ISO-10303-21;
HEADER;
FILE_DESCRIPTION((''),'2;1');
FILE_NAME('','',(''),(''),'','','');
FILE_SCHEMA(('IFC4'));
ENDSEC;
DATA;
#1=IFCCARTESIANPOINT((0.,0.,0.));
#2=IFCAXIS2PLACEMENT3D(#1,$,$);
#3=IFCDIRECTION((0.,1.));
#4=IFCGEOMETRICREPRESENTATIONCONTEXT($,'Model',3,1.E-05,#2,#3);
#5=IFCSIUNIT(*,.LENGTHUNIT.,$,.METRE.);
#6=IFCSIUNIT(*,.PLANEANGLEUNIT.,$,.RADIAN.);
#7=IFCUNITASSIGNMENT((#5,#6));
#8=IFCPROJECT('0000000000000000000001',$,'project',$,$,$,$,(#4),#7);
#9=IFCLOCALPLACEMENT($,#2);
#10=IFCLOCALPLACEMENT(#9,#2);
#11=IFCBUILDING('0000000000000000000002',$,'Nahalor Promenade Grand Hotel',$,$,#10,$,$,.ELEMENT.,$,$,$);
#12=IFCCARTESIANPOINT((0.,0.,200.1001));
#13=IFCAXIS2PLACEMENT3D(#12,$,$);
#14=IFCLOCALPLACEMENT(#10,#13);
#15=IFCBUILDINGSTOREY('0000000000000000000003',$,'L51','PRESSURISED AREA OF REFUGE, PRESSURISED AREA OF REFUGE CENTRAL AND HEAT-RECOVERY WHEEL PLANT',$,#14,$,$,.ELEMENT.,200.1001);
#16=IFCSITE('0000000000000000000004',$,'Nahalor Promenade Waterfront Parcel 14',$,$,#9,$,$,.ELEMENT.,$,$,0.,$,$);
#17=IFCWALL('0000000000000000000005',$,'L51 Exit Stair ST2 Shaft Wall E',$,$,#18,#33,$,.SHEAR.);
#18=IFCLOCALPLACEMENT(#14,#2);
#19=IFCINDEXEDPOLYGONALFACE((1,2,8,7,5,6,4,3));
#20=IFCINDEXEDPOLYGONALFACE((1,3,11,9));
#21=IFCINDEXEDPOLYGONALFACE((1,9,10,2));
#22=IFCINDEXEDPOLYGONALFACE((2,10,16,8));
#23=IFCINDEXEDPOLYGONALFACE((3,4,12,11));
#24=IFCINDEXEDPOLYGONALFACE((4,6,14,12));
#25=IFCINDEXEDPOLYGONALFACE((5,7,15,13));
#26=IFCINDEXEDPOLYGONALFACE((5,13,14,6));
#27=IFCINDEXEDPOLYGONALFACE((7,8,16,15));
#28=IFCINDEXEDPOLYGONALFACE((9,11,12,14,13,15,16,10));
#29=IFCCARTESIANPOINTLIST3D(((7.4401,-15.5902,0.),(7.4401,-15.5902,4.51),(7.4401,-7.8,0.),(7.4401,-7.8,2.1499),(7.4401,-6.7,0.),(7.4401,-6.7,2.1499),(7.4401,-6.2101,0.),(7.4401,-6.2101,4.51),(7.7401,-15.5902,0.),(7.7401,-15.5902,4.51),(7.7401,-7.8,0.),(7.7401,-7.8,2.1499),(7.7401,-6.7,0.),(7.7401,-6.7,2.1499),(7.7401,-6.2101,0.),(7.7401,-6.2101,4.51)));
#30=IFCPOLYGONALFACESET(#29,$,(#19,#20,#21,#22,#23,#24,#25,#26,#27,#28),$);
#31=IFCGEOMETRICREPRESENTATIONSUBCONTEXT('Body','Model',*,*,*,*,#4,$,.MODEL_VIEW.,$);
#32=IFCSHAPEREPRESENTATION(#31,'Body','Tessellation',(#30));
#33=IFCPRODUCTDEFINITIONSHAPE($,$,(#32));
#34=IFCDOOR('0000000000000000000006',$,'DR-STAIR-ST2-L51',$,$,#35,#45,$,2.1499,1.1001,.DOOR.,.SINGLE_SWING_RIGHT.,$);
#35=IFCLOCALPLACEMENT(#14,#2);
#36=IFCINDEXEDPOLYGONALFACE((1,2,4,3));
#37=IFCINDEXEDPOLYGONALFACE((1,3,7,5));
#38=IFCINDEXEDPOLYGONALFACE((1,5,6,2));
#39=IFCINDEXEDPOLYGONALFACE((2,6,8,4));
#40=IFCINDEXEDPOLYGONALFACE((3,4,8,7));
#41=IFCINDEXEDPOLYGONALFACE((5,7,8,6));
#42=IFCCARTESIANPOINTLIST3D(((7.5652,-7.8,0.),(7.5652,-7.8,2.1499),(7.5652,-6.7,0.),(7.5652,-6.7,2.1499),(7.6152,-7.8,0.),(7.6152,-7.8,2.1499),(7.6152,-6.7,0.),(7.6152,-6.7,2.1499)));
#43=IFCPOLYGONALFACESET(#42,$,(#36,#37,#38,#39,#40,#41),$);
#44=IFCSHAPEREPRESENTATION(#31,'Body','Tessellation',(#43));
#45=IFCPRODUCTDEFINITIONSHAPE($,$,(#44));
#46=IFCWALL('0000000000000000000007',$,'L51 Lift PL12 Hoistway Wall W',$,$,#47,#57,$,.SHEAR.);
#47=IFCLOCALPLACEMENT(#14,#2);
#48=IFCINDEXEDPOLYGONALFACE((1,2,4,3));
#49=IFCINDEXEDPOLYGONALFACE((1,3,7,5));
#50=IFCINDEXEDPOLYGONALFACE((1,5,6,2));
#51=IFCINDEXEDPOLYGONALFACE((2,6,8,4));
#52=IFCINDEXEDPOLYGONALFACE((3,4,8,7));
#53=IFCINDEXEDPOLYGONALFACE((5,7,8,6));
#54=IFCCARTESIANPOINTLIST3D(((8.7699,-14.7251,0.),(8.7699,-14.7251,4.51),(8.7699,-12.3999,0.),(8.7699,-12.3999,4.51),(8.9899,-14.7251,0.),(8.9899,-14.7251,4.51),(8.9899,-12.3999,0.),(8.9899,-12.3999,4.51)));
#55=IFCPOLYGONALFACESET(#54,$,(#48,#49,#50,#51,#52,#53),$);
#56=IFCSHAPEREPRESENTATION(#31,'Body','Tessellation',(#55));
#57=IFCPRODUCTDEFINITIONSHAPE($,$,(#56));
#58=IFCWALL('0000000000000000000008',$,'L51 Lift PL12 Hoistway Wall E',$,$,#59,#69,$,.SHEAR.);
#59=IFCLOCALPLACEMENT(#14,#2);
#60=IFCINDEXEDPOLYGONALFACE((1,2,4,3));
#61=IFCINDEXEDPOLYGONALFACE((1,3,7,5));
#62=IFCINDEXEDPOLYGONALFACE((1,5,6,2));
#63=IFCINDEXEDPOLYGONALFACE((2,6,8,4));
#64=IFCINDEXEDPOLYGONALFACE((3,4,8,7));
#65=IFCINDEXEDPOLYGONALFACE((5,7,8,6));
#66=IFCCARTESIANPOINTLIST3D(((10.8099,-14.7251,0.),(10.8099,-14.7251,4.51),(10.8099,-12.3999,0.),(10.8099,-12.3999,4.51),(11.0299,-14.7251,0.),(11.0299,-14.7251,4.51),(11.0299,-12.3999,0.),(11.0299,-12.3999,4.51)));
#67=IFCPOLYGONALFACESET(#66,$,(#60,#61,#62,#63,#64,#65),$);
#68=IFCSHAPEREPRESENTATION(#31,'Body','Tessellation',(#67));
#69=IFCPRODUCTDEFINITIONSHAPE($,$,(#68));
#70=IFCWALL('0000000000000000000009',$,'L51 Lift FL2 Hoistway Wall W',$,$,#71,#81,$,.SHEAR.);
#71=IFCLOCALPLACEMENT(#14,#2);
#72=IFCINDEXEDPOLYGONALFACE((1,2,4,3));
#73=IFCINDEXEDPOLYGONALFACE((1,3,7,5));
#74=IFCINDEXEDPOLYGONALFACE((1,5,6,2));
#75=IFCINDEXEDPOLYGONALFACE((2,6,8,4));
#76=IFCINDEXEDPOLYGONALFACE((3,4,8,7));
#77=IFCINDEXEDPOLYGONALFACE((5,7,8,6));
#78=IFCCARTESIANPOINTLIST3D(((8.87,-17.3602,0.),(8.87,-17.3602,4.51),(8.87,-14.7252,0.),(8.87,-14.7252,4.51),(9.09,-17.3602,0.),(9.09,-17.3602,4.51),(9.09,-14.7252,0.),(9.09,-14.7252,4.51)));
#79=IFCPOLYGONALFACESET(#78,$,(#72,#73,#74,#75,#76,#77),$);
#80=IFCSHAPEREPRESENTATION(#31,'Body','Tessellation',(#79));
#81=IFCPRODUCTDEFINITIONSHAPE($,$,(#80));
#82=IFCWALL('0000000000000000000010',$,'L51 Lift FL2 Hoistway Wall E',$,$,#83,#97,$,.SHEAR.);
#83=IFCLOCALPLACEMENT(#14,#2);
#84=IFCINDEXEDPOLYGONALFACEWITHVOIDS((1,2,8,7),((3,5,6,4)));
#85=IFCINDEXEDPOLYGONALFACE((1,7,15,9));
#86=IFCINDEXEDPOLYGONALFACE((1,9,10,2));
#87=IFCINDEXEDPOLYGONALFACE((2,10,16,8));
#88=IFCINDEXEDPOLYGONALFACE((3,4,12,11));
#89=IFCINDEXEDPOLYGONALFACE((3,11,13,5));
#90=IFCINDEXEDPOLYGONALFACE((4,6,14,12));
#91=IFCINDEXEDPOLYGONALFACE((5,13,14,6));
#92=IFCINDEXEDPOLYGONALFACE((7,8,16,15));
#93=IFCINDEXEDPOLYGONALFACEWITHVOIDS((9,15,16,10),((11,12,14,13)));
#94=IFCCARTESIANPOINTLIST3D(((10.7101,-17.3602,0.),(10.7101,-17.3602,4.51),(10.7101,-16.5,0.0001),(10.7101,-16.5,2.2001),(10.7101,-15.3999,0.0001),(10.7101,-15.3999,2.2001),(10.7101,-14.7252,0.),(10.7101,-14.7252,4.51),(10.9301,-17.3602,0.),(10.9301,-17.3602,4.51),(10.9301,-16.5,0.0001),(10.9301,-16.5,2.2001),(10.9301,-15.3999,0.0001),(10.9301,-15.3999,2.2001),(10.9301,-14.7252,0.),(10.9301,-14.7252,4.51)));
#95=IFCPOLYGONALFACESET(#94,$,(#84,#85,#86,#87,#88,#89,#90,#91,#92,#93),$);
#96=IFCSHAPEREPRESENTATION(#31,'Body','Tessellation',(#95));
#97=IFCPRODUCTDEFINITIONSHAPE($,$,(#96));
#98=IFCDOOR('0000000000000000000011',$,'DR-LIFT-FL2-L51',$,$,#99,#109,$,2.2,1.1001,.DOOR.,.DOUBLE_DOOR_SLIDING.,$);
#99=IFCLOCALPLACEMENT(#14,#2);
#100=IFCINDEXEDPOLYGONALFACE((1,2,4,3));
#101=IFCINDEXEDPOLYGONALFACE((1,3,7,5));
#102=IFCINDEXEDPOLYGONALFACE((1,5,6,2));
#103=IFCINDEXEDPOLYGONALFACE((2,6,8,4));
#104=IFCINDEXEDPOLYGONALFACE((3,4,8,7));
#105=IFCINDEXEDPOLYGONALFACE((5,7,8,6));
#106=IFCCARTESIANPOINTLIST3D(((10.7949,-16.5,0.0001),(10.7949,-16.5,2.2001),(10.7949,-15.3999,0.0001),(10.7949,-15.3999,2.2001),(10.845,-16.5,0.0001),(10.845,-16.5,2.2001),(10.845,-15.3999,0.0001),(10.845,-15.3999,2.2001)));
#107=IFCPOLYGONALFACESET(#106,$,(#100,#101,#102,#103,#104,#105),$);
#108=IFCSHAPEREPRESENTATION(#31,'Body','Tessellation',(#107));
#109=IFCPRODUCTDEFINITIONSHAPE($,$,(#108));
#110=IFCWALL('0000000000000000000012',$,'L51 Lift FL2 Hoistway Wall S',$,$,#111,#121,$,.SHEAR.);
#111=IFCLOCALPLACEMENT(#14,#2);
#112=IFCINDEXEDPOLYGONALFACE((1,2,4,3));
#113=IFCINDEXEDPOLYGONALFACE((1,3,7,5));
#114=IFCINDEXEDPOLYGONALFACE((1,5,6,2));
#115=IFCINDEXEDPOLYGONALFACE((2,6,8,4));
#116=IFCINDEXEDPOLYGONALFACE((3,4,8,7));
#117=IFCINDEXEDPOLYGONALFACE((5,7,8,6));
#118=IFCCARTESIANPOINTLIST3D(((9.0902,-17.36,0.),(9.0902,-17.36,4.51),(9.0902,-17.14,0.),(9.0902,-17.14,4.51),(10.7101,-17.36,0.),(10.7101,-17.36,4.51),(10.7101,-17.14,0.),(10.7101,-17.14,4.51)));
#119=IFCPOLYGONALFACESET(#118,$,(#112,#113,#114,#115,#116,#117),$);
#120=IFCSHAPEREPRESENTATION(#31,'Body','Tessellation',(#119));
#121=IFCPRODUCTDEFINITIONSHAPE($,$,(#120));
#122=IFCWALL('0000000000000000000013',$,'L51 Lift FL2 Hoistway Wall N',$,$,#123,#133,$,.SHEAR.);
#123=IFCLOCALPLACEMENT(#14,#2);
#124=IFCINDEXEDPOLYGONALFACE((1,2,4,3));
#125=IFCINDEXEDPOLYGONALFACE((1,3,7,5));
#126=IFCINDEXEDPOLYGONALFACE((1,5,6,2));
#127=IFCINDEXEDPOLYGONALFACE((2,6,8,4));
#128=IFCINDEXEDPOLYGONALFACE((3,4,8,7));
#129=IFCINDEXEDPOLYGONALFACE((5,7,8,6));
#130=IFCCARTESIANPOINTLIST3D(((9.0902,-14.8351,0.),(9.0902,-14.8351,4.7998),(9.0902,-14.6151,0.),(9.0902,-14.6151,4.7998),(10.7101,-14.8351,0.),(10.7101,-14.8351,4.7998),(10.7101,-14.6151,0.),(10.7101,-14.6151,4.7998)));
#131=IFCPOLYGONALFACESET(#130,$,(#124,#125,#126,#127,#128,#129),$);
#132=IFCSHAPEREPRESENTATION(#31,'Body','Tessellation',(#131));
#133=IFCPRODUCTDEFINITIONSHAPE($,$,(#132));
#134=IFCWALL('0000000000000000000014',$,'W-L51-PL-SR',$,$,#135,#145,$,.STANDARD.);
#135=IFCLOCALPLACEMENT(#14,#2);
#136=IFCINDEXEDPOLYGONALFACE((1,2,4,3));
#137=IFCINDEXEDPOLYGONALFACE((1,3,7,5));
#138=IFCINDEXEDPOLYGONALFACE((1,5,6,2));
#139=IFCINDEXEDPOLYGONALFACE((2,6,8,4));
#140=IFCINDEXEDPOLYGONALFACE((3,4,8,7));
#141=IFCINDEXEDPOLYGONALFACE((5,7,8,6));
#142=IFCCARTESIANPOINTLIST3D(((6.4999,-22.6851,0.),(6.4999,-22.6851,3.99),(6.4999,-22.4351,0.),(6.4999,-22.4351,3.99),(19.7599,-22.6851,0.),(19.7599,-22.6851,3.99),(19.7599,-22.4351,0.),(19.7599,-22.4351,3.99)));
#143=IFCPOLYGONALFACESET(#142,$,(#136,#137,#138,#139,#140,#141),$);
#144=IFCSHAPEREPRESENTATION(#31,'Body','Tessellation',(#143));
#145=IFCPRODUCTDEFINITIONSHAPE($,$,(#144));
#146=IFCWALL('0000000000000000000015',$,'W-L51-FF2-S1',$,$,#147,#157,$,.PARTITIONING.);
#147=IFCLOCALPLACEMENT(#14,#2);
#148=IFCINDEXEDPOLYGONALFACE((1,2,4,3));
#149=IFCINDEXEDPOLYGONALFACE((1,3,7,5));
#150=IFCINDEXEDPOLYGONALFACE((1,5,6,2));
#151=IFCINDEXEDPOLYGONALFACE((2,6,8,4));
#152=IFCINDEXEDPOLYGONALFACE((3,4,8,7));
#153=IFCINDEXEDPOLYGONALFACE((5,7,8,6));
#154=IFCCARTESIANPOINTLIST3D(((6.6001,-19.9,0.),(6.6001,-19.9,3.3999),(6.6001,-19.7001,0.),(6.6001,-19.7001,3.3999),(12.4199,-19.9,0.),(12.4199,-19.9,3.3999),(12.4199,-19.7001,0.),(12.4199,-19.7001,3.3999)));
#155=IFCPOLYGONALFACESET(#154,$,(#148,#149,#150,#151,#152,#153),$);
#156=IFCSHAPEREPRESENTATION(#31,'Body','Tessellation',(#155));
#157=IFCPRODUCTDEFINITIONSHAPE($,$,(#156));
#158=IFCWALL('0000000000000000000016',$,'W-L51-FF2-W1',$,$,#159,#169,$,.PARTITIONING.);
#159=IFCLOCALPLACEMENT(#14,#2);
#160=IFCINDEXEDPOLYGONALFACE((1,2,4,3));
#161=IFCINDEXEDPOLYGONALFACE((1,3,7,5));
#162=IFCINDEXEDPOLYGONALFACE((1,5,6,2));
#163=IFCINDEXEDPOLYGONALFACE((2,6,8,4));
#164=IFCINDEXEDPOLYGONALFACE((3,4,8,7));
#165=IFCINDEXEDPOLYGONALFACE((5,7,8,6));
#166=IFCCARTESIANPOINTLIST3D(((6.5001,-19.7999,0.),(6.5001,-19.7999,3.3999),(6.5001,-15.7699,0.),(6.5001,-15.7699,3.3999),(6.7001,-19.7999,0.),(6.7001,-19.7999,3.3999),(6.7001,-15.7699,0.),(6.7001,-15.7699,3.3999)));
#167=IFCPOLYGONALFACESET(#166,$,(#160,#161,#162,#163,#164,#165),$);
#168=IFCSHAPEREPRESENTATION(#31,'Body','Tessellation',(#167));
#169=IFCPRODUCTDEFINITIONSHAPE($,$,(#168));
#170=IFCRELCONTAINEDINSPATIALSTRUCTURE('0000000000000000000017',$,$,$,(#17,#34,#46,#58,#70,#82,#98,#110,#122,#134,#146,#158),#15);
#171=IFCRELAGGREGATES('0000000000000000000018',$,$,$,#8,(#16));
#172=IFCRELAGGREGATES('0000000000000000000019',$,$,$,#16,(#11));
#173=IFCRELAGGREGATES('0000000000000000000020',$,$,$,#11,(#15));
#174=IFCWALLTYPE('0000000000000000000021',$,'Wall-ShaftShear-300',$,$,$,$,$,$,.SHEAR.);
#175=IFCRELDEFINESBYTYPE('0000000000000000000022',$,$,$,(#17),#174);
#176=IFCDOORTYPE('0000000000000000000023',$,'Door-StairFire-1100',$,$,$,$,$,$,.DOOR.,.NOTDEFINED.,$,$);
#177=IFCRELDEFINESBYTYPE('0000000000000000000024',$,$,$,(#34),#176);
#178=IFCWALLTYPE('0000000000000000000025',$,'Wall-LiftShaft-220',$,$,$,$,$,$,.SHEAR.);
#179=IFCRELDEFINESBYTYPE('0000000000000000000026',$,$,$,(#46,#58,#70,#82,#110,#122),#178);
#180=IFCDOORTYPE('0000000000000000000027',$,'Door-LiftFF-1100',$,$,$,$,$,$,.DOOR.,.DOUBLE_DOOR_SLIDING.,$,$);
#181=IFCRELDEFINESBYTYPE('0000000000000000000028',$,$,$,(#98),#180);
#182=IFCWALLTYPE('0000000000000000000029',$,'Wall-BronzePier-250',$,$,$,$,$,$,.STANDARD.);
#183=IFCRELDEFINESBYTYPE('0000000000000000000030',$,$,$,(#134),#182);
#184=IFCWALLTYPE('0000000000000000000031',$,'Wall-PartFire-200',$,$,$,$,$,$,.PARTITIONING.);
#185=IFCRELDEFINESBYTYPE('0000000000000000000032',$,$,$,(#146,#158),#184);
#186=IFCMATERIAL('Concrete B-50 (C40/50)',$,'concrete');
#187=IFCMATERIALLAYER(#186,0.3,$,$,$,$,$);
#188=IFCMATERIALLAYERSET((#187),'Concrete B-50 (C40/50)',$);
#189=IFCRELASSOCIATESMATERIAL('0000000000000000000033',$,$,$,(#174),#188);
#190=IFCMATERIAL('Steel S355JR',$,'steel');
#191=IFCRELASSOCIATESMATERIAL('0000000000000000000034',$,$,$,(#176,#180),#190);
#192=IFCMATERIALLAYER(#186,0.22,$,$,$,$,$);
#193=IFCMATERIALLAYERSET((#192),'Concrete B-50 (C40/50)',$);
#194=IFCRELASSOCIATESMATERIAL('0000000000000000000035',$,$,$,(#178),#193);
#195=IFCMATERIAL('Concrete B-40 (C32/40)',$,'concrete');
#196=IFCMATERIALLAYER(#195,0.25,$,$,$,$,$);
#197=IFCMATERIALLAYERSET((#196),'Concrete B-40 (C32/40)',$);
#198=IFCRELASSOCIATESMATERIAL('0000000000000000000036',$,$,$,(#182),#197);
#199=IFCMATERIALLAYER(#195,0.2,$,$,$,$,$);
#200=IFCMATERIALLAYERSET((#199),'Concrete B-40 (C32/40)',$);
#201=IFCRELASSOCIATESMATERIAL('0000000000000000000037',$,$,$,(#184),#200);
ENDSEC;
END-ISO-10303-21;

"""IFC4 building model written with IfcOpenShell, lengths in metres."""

from ifc_helpers import new_model, si_unit, direction, frame, frame_2d, origin, place, context, subcontext, project, spatial, rectangle, extrude, source, transform, mapped, material, layer, layer_set, type_object, element, fill, save


model = new_model("IFC4")

# Units and contexts
model_context = context("Model", 3, precision=1e-05, world=origin(), true_north=direction((0.0, 1.0)))
body_context = subcontext(model_context, "Body", "Model", "MODEL_VIEW")
ifc_project = project(units=[si_unit("LENGTHUNIT", "METRE"), si_unit("PLANEANGLEUNIT", "RADIAN")], contexts=[model_context])

# Site, building, storey
site_placement = place(None, origin())
site = spatial("IfcSite", under=ifc_project, at=site_placement, Name="Nahalor Promenade Waterfront Parcel 14", CompositionType="ELEMENT", RefElevation=0.0)
building_placement = place(site_placement, origin())
building = spatial("IfcBuilding", under=site, at=building_placement, Name="Nahalor Promenade Grand Hotel", CompositionType="ELEMENT")
storey_placement = place(building_placement, frame((0.0, 0.0, 200.1001)))
storey = spatial("IfcBuildingStorey", under=building, at=storey_placement, Name="L51", Description="PRESSURISED AREA OF REFUGE, PRESSURISED AREA OF REFUGE CENTRAL AND HEAT-RECOVERY WHEEL PLANT", CompositionType="ELEMENT", Elevation=200.1001)

# Shared definitions
ifc_material_1 = material(Name="Steel S355JR", Category="steel")

# Shared definitions
ifc_material_2 = material(Name="Concrete B-50 (C40/50)", Category="concrete")
ifc_layer_1 = layer(ifc_material_2, 0.3)
ifc_layer_set_1 = layer_set([ifc_layer_1], Name="Concrete B-50 (C40/50)")
wall_type_1 = type_object("IfcWallType", Name="Wall-ShaftShear-300", PredefinedType="SHEAR", material=ifc_layer_set_1)
shared_shape_1 = source(origin(), body_context, "Body", "SweptSolid", [
    extrude(rectangle(XDim=9.3801, YDim=0.3, at=frame_2d((4.6899, 0.0))), origin(), (0.0, 0.0, 1.0), 4.51),
])

# Wall, opening, door
wall_1_placement = place(storey_placement, frame((7.5901, -15.5901, 0.0), z_axis=(0.0, 0.0, 1.0), x_axis=(0.0, 1.0, 0.0)))
wall_1 = element("IfcWall", 1, at=wall_1_placement, inside=storey, type_object=wall_type_1, Name="L51 Exit Stair ST2 Shaft Wall E", PredefinedType="SHEAR", context=body_context, shape_type="MappedRepresentation", body=[
    mapped(shared_shape_1, transform((0.0, 0.0, 0.0), scale=1.0)),
])
opening_1_placement = place(wall_1_placement, frame((7.79, 0.0, 0.0)))
opening_1 = element("IfcOpeningElement", 2, at=opening_1_placement, cuts=wall_1, PredefinedType="OPENING", context=body_context, shape_type="SweptSolid", body=[
    extrude(rectangle(XDim=1.1001, YDim=2.1499, at=frame_2d((0.55, 1.075))), frame((0.0, 0.1599, 0.0), z_axis=(0.0, -1.0, 0.0), x_axis=(1.0, 0.0, 0.0)), (0.0, 0.0, 1.0), 0.3201),
])
door_type_1 = type_object("IfcDoorType", Name="Door-StairFire-1100", OperationType="NOTDEFINED", PredefinedType="DOOR", material=ifc_material_1)
shared_shape_2 = source(origin(), body_context, "Body", "SweptSolid", [
    extrude(rectangle(XDim=1.1001, YDim=2.1499, at=frame_2d((0.55, 1.075))), frame((0.0, 0.0249, 0.0), z_axis=(0.0, -1.0, 0.0), x_axis=(1.0, 0.0, 0.0)), (0.0, 0.0, 1.0), 0.05),
])
door_1_placement = place(opening_1_placement, origin())
door_1 = element("IfcDoor", 3, at=door_1_placement, inside=storey, type_object=door_type_1, Name="DR-STAIR-ST2-L51", OperationType="SINGLE_SWING_RIGHT", OverallHeight=2.1499, OverallWidth=1.1001, PredefinedType="DOOR", context=body_context, shape_type="MappedRepresentation", body=[
    mapped(shared_shape_2, transform((0.0, 0.0, 0.0), scale=1.0)),
])
fill(opening_1, door_1)

# Walls
ifc_layer_2 = layer(ifc_material_2, 0.22)
ifc_layer_set_2 = layer_set([ifc_layer_2], Name="Concrete B-50 (C40/50)")
wall_type_2 = type_object("IfcWallType", Name="Wall-LiftShaft-220", PredefinedType="SHEAR", material=ifc_layer_set_2)
shared_shape_3 = source(origin(), body_context, "Body", "SweptSolid", [
    extrude(rectangle(XDim=2.3252, YDim=0.22, at=frame_2d((1.1626, 0.0))), origin(), (0.0, 0.0, 1.0), 4.51),
])
for number, where, z_axis, x_axis, name in (
    (4, (8.8799, -14.7251, 0.0), (0.0, 0.0, 1.0), (0.0, 1.0, 0.0), "L51 Lift PL12 Hoistway Wall W"),
    (5, (10.9199, -14.7251, 0.0), (0.0, 0.0, 1.0), (0.0, 1.0, 0.0), "L51 Lift PL12 Hoistway Wall E"),
):
    element("IfcWall", number, at=place(storey_placement, frame(where, z_axis=z_axis, x_axis=x_axis)), inside=storey, type_object=wall_type_2, Name=name, PredefinedType="SHEAR", context=body_context, shape_type="MappedRepresentation", body=[
        mapped(shared_shape_3, transform((0.0, 0.0, 0.0), scale=1.0)),
    ])
shared_shape_4 = source(origin(), body_context, "Body", "SweptSolid", [
    extrude(rectangle(XDim=2.635, YDim=0.22, at=frame_2d((1.3174, 0.0))), origin(), (0.0, 0.0, 1.0), 4.51),
])
wall_2_placement = place(storey_placement, frame((8.98, -17.3601, 0.0), z_axis=(0.0, 0.0, 1.0), x_axis=(0.0, 1.0, 0.0)))
element("IfcWall", 6, at=wall_2_placement, inside=storey, type_object=wall_type_2, Name="L51 Lift FL2 Hoistway Wall W", PredefinedType="SHEAR", context=body_context, shape_type="MappedRepresentation", body=[
    mapped(shared_shape_4, transform((0.0, 0.0, 0.0), scale=1.0)),
])

# Wall, opening, door
wall_3_placement = place(storey_placement, frame((10.8201, -17.3601, 0.0), z_axis=(0.0, 0.0, 1.0), x_axis=(0.0, 1.0, 0.0)))
wall_3 = element("IfcWall", 7, at=wall_3_placement, inside=storey, type_object=wall_type_2, Name="L51 Lift FL2 Hoistway Wall E", PredefinedType="SHEAR", context=body_context, shape_type="MappedRepresentation", body=[
    mapped(shared_shape_4, transform((0.0, 0.0, 0.0), scale=1.0)),
])
opening_2_placement = place(wall_3_placement, frame((0.8601, 0.0, 0.0)))
opening_2 = element("IfcOpeningElement", 8, at=opening_2_placement, cuts=wall_3, PredefinedType="OPENING", context=body_context, shape_type="SweptSolid", body=[
    extrude(rectangle(XDim=1.1001, YDim=2.2, at=frame_2d((0.55, 1.1001))), frame((0.0, 0.1199, 0.0), z_axis=(0.0, -1.0, 0.0), x_axis=(1.0, 0.0, 0.0)), (0.0, 0.0, 1.0), 0.24),
])
door_type_2 = type_object("IfcDoorType", Name="Door-LiftFF-1100", OperationType="DOUBLE_DOOR_SLIDING", PredefinedType="DOOR", material=ifc_material_1)
shared_shape_5 = source(origin(), body_context, "Body", "SweptSolid", [
    extrude(rectangle(XDim=1.1001, YDim=2.2, at=frame_2d((0.55, 1.1001))), frame((0.0, 0.0249, 0.0), z_axis=(0.0, -1.0, 0.0), x_axis=(1.0, 0.0, 0.0)), (0.0, 0.0, 1.0), 0.05),
])
door_2_placement = place(opening_2_placement, frame((1.1001, 0.0, 0.0), z_axis=(0.0, 0.0, 1.0), x_axis=(-1.0, 0.0, 0.0)))
door_2 = element("IfcDoor", 9, at=door_2_placement, inside=storey, type_object=door_type_2, Name="DR-LIFT-FL2-L51", OperationType="DOUBLE_DOOR_SLIDING", OverallHeight=2.2, OverallWidth=1.1001, PredefinedType="DOOR", context=body_context, shape_type="MappedRepresentation", body=[
    mapped(shared_shape_5, transform((0.0, 0.0, 0.0), scale=1.0)),
])
fill(opening_2, door_2)

# Walls
shared_shape_6 = source(origin(), body_context, "Body", "SweptSolid", [
    extrude(rectangle(XDim=1.6199, YDim=0.22, at=frame_2d((0.8101, 0.0))), origin(), (0.0, 0.0, 1.0), 4.51),
])
wall_4_placement = place(storey_placement, frame((9.0901, -17.25, 0.0), z_axis=(0.0, 0.0, 1.0), x_axis=(1.0, 0.0, 0.0)))
element("IfcWall", 10, at=wall_4_placement, inside=storey, type_object=wall_type_2, Name="L51 Lift FL2 Hoistway Wall S", PredefinedType="SHEAR", context=body_context, shape_type="MappedRepresentation", body=[
    mapped(shared_shape_6, transform((0.0, 0.0, 0.0), scale=1.0)),
])
shared_shape_7 = source(origin(), body_context, "Body", "SweptSolid", [
    extrude(rectangle(XDim=1.6199, YDim=0.22, at=frame_2d((0.8101, 0.0))), origin(), (0.0, 0.0, 1.0), 4.7998),
])
wall_5_placement = place(storey_placement, frame((9.0901, -14.7251, 0.0), z_axis=(0.0, 0.0, 1.0), x_axis=(1.0, 0.0, 0.0)))
element("IfcWall", 11, at=wall_5_placement, inside=storey, type_object=wall_type_2, Name="L51 Lift FL2 Hoistway Wall N", PredefinedType="SHEAR", context=body_context, shape_type="MappedRepresentation", body=[
    mapped(shared_shape_7, transform((0.0, 0.0, 0.0), scale=1.0)),
])
ifc_material_3 = material(Name="Concrete B-40 (C32/40)", Category="concrete")
ifc_layer_3 = layer(ifc_material_3, 0.25)
ifc_layer_set_3 = layer_set([ifc_layer_3], Name="Concrete B-40 (C32/40)")
wall_type_3 = type_object("IfcWallType", Name="Wall-BronzePier-250", PredefinedType="STANDARD", material=ifc_layer_set_3)
shared_shape_8 = source(origin(), body_context, "Body", "SweptSolid", [
    extrude(rectangle(XDim=13.26, YDim=0.25, at=frame_2d((6.6299, 0.0))), origin(), (0.0, 0.0, 1.0), 3.99),
])
wall_6_placement = place(storey_placement, frame((6.5, -22.5601, 0.0), z_axis=(0.0, 0.0, 1.0), x_axis=(1.0, 0.0, 0.0)))
element("IfcWall", 12, at=wall_6_placement, inside=storey, type_object=wall_type_3, Name="W-L51-PL-SR", PredefinedType="STANDARD", context=body_context, shape_type="MappedRepresentation", body=[
    mapped(shared_shape_8, transform((0.0, 0.0, 0.0), scale=1.0)),
])
ifc_layer_4 = layer(ifc_material_3, 0.2)
ifc_layer_set_4 = layer_set([ifc_layer_4], Name="Concrete B-40 (C32/40)")
wall_type_4 = type_object("IfcWallType", Name="Wall-PartFire-200", PredefinedType="PARTITIONING", material=ifc_layer_set_4)
shared_shape_9 = source(origin(), body_context, "Body", "SweptSolid", [
    extrude(rectangle(XDim=5.8198, YDim=0.2, at=frame_2d((2.9099, 0.0))), origin(), (0.0, 0.0, 1.0), 3.3999),
])
wall_7_placement = place(storey_placement, frame((6.6001, -19.8, 0.0), z_axis=(0.0, 0.0, 1.0), x_axis=(1.0, 0.0, 0.0)))
element("IfcWall", 13, at=wall_7_placement, inside=storey, type_object=wall_type_4, Name="W-L51-FF2-S1", PredefinedType="PARTITIONING", context=body_context, shape_type="MappedRepresentation", body=[
    mapped(shared_shape_9, transform((0.0, 0.0, 0.0), scale=1.0)),
])
shared_shape_10 = source(origin(), body_context, "Body", "SweptSolid", [
    extrude(rectangle(XDim=4.03, YDim=0.2, at=frame_2d((2.0151, 0.0))), origin(), (0.0, 0.0, 1.0), 3.3999),
])
wall_8_placement = place(storey_placement, frame((6.6001, -19.8, 0.0), z_axis=(0.0, 0.0, 1.0), x_axis=(0.0, 1.0, 0.0)))
element("IfcWall", 14, at=wall_8_placement, inside=storey, type_object=wall_type_4, Name="W-L51-FF2-W1", PredefinedType="PARTITIONING", context=body_context, shape_type="MappedRepresentation", body=[
    mapped(shared_shape_10, transform((0.0, 0.0, 0.0), scale=1.0)),
])

save(model, "model.ifc")
